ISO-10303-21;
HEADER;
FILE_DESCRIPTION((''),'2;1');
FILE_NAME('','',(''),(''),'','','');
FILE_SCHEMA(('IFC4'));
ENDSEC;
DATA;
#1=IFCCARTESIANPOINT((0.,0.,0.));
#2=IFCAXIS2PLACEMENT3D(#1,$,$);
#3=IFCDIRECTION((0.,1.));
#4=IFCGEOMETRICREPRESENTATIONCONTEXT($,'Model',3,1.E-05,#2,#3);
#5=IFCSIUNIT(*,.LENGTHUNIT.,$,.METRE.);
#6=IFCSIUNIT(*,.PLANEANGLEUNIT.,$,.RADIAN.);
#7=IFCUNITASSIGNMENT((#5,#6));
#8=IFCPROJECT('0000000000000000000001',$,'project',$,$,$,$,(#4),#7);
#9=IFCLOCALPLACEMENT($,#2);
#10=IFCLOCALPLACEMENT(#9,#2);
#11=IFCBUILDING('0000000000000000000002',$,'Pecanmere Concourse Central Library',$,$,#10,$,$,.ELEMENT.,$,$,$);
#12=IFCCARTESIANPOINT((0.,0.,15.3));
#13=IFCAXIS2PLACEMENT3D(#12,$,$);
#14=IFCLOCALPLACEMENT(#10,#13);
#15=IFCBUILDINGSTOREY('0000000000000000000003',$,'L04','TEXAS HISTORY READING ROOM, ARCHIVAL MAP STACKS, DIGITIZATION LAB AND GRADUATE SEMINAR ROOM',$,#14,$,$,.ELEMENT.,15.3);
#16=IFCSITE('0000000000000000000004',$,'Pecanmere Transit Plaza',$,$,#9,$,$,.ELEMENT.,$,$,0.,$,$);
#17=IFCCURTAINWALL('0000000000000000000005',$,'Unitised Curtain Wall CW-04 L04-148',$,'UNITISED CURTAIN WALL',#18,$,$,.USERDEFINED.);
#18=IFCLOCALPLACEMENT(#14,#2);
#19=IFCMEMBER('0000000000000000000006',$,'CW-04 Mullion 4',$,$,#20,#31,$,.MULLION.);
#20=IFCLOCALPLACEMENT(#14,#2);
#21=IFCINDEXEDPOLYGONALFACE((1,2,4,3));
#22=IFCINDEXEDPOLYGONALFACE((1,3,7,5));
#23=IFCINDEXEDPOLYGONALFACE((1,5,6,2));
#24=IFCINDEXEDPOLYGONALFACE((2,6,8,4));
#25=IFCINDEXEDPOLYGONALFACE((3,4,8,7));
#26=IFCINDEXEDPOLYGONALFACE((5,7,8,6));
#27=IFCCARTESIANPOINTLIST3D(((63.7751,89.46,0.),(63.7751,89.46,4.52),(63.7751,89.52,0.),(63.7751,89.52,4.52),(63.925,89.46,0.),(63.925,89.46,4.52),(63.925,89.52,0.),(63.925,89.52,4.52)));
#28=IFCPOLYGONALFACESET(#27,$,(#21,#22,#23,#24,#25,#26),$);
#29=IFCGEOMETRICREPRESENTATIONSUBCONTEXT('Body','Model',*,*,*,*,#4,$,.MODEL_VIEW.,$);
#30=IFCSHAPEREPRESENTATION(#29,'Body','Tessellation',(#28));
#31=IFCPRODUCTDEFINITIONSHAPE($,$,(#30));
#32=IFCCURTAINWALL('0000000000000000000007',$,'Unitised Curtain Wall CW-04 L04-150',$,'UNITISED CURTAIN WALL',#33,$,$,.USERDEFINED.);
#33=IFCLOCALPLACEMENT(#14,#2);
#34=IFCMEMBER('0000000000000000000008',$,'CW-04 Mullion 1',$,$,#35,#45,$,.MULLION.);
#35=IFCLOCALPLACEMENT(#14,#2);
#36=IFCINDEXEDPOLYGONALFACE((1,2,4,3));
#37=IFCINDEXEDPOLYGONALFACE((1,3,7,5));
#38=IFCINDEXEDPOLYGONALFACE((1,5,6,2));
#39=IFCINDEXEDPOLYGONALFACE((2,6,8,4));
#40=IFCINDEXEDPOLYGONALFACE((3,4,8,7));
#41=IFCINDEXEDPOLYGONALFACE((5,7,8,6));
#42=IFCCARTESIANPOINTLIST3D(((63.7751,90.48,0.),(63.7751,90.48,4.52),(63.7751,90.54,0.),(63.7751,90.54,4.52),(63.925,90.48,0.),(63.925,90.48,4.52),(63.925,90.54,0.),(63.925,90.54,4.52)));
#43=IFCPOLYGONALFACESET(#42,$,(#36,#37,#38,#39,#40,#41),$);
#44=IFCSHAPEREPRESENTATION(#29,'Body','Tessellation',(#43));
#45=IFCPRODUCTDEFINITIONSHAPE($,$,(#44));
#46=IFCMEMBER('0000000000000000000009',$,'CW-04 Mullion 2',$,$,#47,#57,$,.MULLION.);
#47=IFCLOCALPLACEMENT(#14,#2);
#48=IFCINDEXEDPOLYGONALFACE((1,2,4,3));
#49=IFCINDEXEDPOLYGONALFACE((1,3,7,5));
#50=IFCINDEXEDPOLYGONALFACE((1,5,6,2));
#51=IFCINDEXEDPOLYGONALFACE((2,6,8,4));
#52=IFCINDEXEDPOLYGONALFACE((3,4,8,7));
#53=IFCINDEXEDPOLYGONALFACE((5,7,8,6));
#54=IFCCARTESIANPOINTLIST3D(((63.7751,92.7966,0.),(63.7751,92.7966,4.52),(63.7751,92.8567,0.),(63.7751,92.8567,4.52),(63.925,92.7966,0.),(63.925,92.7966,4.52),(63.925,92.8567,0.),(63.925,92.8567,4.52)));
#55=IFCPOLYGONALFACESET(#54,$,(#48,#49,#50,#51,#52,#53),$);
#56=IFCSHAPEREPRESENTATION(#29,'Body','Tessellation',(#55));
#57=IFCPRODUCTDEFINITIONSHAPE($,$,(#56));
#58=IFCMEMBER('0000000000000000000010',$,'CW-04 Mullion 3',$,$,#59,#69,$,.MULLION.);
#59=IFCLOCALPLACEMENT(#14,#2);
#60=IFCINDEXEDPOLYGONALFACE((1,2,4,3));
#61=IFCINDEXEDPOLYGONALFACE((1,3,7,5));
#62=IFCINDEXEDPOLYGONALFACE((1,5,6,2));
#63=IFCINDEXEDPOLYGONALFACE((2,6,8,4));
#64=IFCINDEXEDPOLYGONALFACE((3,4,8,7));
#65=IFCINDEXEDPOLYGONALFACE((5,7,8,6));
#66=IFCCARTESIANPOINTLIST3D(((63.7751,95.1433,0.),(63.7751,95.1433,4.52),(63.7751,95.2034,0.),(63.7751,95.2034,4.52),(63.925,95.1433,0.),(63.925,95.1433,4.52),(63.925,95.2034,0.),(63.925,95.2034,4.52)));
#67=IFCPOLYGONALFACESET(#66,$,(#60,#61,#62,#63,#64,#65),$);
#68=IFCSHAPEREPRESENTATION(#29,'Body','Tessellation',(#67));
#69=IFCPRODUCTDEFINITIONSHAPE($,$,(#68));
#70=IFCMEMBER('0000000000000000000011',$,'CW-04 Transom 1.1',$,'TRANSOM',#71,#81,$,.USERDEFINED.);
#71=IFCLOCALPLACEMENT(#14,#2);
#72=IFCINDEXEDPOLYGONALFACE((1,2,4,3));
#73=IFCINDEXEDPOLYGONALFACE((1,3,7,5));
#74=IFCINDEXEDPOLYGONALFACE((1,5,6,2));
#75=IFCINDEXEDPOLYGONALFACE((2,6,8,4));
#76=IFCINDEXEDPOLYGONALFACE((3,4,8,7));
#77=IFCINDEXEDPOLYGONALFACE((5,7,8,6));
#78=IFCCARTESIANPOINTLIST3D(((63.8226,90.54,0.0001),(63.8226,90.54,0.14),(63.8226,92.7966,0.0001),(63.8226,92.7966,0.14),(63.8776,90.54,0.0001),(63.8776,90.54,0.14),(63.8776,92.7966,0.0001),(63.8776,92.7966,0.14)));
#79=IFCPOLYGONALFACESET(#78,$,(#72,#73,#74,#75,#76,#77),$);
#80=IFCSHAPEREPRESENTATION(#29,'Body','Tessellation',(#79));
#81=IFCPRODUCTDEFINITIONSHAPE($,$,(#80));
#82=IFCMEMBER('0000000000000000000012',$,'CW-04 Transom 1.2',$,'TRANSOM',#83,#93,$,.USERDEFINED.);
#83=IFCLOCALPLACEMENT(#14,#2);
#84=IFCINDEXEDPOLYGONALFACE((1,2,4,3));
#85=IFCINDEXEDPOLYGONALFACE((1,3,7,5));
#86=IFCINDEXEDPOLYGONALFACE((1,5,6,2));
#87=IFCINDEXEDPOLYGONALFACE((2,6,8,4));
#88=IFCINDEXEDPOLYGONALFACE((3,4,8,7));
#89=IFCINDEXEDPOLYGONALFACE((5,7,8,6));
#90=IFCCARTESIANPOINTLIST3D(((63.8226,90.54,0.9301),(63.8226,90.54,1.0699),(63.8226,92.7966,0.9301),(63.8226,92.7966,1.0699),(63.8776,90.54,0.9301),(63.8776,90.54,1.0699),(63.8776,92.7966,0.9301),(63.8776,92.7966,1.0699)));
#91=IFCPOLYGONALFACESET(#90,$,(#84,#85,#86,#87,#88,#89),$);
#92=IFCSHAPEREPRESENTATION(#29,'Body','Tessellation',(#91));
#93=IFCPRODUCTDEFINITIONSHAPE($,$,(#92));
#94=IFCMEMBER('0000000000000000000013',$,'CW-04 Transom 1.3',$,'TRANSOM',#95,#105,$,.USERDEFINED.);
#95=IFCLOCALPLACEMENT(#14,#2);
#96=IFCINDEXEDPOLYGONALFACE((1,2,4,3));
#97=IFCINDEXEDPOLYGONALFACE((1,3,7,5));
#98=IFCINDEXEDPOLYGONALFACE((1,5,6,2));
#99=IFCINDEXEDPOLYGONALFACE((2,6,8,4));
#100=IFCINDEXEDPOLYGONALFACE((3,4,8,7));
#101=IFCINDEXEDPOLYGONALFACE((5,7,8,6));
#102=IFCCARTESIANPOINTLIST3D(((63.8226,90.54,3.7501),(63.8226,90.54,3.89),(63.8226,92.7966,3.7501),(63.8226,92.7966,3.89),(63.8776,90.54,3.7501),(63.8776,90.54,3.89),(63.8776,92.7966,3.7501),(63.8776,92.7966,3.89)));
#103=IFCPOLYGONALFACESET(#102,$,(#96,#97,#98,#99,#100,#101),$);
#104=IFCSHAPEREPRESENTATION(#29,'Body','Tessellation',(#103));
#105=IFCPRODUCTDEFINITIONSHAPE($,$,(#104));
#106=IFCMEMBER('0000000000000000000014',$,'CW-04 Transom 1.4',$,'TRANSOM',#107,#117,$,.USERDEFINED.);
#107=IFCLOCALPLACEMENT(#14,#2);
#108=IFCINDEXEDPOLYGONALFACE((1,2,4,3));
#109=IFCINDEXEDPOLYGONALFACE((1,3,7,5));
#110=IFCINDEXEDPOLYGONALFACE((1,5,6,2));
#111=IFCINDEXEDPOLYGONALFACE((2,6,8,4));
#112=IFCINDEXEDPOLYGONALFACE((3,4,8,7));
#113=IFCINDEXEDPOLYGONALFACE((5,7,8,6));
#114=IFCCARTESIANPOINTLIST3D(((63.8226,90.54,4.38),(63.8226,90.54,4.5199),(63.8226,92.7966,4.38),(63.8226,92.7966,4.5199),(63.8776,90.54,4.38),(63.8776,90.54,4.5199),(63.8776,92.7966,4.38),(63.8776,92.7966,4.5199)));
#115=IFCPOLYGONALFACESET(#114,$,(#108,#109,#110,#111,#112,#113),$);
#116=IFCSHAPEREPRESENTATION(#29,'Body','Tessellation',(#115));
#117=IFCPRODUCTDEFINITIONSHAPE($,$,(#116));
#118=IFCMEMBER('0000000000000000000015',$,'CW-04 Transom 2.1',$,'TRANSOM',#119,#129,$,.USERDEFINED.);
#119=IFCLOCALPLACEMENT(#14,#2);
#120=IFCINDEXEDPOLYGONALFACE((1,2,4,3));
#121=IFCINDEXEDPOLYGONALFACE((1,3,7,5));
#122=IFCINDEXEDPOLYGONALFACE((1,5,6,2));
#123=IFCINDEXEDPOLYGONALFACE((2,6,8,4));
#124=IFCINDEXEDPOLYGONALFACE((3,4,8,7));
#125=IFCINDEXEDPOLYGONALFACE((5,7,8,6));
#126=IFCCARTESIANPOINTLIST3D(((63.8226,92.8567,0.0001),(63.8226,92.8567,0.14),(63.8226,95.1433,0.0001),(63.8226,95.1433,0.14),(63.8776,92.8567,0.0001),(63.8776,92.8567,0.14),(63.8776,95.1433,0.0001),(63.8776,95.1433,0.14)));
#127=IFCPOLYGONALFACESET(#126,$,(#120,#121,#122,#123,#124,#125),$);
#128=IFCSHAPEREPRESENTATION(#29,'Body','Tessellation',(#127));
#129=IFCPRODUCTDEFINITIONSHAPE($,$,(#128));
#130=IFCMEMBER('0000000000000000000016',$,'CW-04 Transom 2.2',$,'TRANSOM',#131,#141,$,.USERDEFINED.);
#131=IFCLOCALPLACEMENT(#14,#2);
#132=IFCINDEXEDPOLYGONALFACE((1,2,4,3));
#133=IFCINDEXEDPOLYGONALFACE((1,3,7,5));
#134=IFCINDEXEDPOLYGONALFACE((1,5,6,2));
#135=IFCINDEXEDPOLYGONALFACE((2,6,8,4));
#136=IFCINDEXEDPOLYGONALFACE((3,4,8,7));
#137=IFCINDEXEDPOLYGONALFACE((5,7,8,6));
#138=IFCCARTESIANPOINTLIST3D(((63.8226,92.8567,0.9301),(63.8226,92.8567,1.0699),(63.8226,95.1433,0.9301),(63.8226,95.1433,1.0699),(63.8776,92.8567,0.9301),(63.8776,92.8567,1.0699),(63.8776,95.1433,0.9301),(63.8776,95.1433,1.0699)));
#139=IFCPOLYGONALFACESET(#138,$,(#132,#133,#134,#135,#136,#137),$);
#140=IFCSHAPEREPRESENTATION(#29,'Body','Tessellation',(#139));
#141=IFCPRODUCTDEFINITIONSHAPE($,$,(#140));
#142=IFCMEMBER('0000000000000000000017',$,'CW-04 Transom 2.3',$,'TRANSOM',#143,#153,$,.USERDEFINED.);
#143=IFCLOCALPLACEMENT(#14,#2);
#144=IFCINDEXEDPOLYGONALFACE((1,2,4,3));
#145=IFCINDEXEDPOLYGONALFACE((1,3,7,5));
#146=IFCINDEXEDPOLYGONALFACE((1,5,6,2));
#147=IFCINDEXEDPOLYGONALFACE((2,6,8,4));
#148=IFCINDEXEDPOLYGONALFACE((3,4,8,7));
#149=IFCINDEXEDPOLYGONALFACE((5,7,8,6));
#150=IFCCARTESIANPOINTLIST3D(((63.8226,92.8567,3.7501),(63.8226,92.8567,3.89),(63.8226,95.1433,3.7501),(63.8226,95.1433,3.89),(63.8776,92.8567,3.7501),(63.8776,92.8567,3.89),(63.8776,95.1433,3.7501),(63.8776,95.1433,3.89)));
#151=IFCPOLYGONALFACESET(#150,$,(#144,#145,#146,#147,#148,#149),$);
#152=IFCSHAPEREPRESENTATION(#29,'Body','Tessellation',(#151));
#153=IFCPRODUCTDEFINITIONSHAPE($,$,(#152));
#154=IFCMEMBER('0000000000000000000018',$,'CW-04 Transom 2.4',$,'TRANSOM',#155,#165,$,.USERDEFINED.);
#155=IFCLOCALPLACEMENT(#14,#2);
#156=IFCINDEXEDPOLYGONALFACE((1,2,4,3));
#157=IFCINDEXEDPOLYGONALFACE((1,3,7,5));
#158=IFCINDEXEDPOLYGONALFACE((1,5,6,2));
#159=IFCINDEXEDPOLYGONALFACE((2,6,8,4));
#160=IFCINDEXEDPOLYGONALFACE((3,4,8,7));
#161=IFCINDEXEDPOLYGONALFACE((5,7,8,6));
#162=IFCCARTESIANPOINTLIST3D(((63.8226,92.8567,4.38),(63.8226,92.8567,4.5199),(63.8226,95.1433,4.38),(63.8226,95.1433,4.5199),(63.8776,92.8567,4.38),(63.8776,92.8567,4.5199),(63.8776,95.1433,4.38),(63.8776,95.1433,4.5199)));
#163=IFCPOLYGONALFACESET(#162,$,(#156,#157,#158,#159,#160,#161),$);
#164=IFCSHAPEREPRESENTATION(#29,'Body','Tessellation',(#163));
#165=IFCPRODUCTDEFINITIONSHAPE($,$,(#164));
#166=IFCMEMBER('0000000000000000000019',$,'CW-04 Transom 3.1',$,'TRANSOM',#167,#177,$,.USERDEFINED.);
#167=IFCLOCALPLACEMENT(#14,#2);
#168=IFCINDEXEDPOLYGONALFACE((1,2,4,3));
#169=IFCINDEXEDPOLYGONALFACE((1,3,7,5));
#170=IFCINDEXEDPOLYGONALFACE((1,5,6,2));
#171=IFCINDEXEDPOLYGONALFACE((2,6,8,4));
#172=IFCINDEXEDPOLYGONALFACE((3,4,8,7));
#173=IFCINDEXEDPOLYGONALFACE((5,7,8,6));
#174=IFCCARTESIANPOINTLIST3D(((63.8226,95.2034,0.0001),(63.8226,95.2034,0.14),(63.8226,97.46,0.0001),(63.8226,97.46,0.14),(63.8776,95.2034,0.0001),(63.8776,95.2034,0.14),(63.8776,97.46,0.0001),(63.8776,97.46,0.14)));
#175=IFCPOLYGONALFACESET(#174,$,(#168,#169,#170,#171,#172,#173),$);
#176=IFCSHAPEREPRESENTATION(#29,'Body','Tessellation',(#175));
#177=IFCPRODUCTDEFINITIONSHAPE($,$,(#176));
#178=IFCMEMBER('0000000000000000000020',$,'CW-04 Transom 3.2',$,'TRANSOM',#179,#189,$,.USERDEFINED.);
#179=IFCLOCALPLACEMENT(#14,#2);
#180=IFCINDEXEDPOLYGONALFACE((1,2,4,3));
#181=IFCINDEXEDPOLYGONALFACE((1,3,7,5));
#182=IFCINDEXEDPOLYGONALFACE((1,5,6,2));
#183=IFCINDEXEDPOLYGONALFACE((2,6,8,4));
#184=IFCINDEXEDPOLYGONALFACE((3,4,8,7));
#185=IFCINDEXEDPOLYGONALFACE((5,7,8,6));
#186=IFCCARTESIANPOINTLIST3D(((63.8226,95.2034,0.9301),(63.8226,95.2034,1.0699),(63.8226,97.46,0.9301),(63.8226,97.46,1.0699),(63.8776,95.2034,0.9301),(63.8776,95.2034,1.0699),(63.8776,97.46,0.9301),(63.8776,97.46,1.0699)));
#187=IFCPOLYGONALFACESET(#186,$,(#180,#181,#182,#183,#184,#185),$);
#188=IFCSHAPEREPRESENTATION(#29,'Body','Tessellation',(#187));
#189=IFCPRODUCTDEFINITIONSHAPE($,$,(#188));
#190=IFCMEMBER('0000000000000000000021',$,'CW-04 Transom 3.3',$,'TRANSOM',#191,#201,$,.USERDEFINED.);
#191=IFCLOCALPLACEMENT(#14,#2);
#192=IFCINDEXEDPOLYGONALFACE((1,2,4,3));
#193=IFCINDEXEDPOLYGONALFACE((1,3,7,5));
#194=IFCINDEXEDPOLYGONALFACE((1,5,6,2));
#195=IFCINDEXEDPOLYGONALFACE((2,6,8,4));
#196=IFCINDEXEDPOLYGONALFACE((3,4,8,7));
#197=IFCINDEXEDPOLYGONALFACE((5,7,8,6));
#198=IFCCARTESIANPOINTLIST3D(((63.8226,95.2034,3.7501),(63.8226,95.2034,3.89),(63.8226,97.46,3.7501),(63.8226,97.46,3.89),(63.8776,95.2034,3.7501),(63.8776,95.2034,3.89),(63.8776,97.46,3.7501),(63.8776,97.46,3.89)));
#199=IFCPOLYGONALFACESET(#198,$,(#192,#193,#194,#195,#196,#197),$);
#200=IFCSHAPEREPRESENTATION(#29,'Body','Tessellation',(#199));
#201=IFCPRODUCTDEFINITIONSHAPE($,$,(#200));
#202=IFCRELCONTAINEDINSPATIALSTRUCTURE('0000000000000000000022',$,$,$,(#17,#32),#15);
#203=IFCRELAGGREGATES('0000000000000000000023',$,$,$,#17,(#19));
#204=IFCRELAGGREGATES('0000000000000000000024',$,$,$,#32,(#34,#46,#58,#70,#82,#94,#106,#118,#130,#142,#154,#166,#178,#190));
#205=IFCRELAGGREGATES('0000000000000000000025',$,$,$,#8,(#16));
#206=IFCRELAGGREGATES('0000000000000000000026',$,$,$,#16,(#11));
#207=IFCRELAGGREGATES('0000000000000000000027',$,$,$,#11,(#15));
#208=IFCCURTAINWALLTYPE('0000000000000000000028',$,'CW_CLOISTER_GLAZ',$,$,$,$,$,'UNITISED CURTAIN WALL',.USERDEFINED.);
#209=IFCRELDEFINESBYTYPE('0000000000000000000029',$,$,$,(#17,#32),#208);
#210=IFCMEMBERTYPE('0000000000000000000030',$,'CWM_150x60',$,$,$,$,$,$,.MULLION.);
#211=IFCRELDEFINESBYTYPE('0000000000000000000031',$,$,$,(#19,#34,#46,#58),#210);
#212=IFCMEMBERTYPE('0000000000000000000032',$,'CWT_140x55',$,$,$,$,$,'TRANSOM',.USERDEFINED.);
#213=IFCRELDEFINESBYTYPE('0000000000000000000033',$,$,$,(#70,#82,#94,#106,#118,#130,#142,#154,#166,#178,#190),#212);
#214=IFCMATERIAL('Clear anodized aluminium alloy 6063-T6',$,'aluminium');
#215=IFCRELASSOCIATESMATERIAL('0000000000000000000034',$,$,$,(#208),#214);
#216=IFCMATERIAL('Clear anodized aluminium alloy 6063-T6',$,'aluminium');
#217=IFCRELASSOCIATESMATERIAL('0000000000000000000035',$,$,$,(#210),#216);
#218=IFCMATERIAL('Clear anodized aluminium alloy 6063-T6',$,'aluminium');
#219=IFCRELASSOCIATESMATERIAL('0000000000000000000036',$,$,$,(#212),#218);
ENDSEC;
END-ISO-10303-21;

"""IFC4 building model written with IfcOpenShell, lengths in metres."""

from ifc_helpers import new_model, si_unit, direction, frame, origin, origin_2d, place, context, subcontext, project, spatial, rectangle, extrude, material, material_profile, profile_set, type_object, element, aggregate, save


model = new_model("IFC4")

# Units and contexts
model_context = context("Model", 3, precision=1e-05, world=origin(), true_north=direction((0.0, 1.0)))
body_context = subcontext(model_context, "Body", "Model", "MODEL_VIEW")
ifc_project = project(units=[si_unit("LENGTHUNIT", "METRE"), si_unit("PLANEANGLEUNIT", "RADIAN")], contexts=[model_context])

# Site, building, storey
site_placement = place(None, origin())
site = spatial("IfcSite", under=ifc_project, at=site_placement, Name="Pecanmere Transit Plaza", CompositionType="ELEMENT", RefElevation=0.0)
building_placement = place(site_placement, origin())
building = spatial("IfcBuilding", under=site, at=building_placement, Name="Pecanmere Concourse Central Library", CompositionType="ELEMENT")
storey_placement = place(building_placement, frame((0.0, 0.0, 15.3)))
storey = spatial("IfcBuildingStorey", under=building, at=storey_placement, Name="L04", Description="TEXAS HISTORY READING ROOM, ARCHIVAL MAP STACKS, DIGITIZATION LAB AND GRADUATE SEMINAR ROOM", CompositionType="ELEMENT", Elevation=15.3)

# Curtain wall, member
ifc_material_1 = material(Name="Clear anodized aluminium alloy 6063-T6", Category="aluminium")
curtain_wall_type = type_object("IfcCurtainWallType", Name="CW_CLOISTER_GLAZ", ElementType="UNITISED CURTAIN WALL", PredefinedType="USERDEFINED", material=ifc_material_1)
curtain_wall_1_placement = place(storey_placement, origin())
curtain_wall_1 = element("IfcCurtainWall", 1, at=curtain_wall_1_placement, inside=storey, type_object=curtain_wall_type, Name="Unitised Curtain Wall CW-04 L04-148", ObjectType="UNITISED CURTAIN WALL", PredefinedType="USERDEFINED")
ifc_material_2 = material(Name="Clear anodized aluminium alloy 6063-T6", Category="aluminium")
ifc_material_profile_1 = material_profile(ifc_material_2, rectangle(XDim=0.0601, YDim=0.1499, at=origin_2d()), Name="AL 60x150")
ifc_profile_set_1 = profile_set([ifc_material_profile_1], Name="Clear anodized aluminium alloy 6063-T6")
member_type_1 = type_object("IfcMemberType", Name="CWM_150x60", PredefinedType="MULLION", material=ifc_profile_set_1)
member_1_placement = place(storey_placement, frame((63.8501, 89.49, 0.0), z_axis=(0.0, 0.0, 1.0), x_axis=(0.0, 1.0, 0.0)))
member_1 = element("IfcMember", 2, at=member_1_placement, type_object=member_type_1, Name="CW-04 Mullion 4", PredefinedType="MULLION", context=body_context, shape_type="SweptSolid", body=[
    extrude(rectangle(XDim=0.0601, YDim=0.1499, at=origin_2d()), origin(), (0.0, 0.0, 1.0), 4.52),
])

# Curtain wall, members
curtain_wall_2_placement = place(storey_placement, origin())
curtain_wall_2 = element("IfcCurtainWall", 3, at=curtain_wall_2_placement, inside=storey, type_object=curtain_wall_type, Name="Unitised Curtain Wall CW-04 L04-150", ObjectType="UNITISED CURTAIN WALL", PredefinedType="USERDEFINED")
member_2_placement = place(storey_placement, frame((63.8501, 90.51, 0.0), z_axis=(0.0, 0.0, 1.0), x_axis=(0.0, 1.0, 0.0)))
member_2 = element("IfcMember", 4, at=member_2_placement, type_object=member_type_1, Name="CW-04 Mullion 1", PredefinedType="MULLION", context=body_context, shape_type="SweptSolid", body=[
    extrude(rectangle(XDim=0.0601, YDim=0.1499, at=origin_2d()), origin(), (0.0, 0.0, 1.0), 4.52),
])
member_3_placement = place(storey_placement, frame((63.8501, 92.8267, 0.0), z_axis=(0.0, 0.0, 1.0), x_axis=(0.0, 1.0, 0.0)))
member_3 = element("IfcMember", 5, at=member_3_placement, type_object=member_type_1, Name="CW-04 Mullion 2", PredefinedType="MULLION", context=body_context, shape_type="SweptSolid", body=[
    extrude(rectangle(XDim=0.0601, YDim=0.1499, at=origin_2d()), origin(), (0.0, 0.0, 1.0), 4.52),
])
member_4_placement = place(storey_placement, frame((63.8501, 95.1733, 0.0), z_axis=(0.0, 0.0, 1.0), x_axis=(0.0, 1.0, 0.0)))
member_4 = element("IfcMember", 6, at=member_4_placement, type_object=member_type_1, Name="CW-04 Mullion 3", PredefinedType="MULLION", context=body_context, shape_type="SweptSolid", body=[
    extrude(rectangle(XDim=0.0601, YDim=0.1499, at=origin_2d()), origin(), (0.0, 0.0, 1.0), 4.52),
])
ifc_material_3 = material(Name="Clear anodized aluminium alloy 6063-T6", Category="aluminium")
ifc_material_profile_2 = material_profile(ifc_material_3, rectangle(XDim=0.0549, YDim=0.1399, at=origin_2d()), Name="AL 55x140")
ifc_profile_set_2 = profile_set([ifc_material_profile_2], Name="Clear anodized aluminium alloy 6063-T6")
member_type_2 = type_object("IfcMemberType", Name="CWT_140x55", ElementType="TRANSOM", PredefinedType="USERDEFINED", material=ifc_profile_set_2)
member_5_placement = place(storey_placement, frame((63.8501, 90.54, 0.0701), z_axis=(0.0, 1.0, 0.0), x_axis=(-1.0, 0.0, 0.0)))
member_5 = element("IfcMember", 7, at=member_5_placement, type_object=member_type_2, Name="CW-04 Transom 1.1", ObjectType="TRANSOM", PredefinedType="USERDEFINED", context=body_context, shape_type="SweptSolid", body=[
    extrude(rectangle(XDim=0.0549, YDim=0.1399, at=origin_2d()), origin(), (0.0, 0.0, 1.0), 2.2566),
])
member_6_placement = place(storey_placement, frame((63.8501, 90.54, 1.0), z_axis=(0.0, 1.0, 0.0), x_axis=(-1.0, 0.0, 0.0)))
member_6 = element("IfcMember", 8, at=member_6_placement, type_object=member_type_2, Name="CW-04 Transom 1.2", ObjectType="TRANSOM", PredefinedType="USERDEFINED", context=body_context, shape_type="SweptSolid", body=[
    extrude(rectangle(XDim=0.0549, YDim=0.1399, at=origin_2d()), origin(), (0.0, 0.0, 1.0), 2.2566),
])
member_7_placement = place(storey_placement, frame((63.8501, 90.54, 3.8201), z_axis=(0.0, 1.0, 0.0), x_axis=(-1.0, 0.0, 0.0)))
member_7 = element("IfcMember", 9, at=member_7_placement, type_object=member_type_2, Name="CW-04 Transom 1.3", ObjectType="TRANSOM", PredefinedType="USERDEFINED", context=body_context, shape_type="SweptSolid", body=[
    extrude(rectangle(XDim=0.0549, YDim=0.1399, at=origin_2d()), origin(), (0.0, 0.0, 1.0), 2.2566),
])
member_8_placement = place(storey_placement, frame((63.8501, 90.54, 4.45), z_axis=(0.0, 1.0, 0.0), x_axis=(-1.0, 0.0, 0.0)))
member_8 = element("IfcMember", 10, at=member_8_placement, type_object=member_type_2, Name="CW-04 Transom 1.4", ObjectType="TRANSOM", PredefinedType="USERDEFINED", context=body_context, shape_type="SweptSolid", body=[
    extrude(rectangle(XDim=0.0549, YDim=0.1399, at=origin_2d()), origin(), (0.0, 0.0, 1.0), 2.2566),
])
member_9_placement = place(storey_placement, frame((63.8501, 92.8567, 0.0701), z_axis=(0.0, 1.0, 0.0), x_axis=(-1.0, 0.0, 0.0)))
member_9 = element("IfcMember", 11, at=member_9_placement, type_object=member_type_2, Name="CW-04 Transom 2.1", ObjectType="TRANSOM", PredefinedType="USERDEFINED", context=body_context, shape_type="SweptSolid", body=[
    extrude(rectangle(XDim=0.0549, YDim=0.1399, at=origin_2d()), origin(), (0.0, 0.0, 1.0), 2.2866),
])
member_10_placement = place(storey_placement, frame((63.8501, 92.8567, 1.0), z_axis=(0.0, 1.0, 0.0), x_axis=(-1.0, 0.0, 0.0)))
member_10 = element("IfcMember", 12, at=member_10_placement, type_object=member_type_2, Name="CW-04 Transom 2.2", ObjectType="TRANSOM", PredefinedType="USERDEFINED", context=body_context, shape_type="SweptSolid", body=[
    extrude(rectangle(XDim=0.0549, YDim=0.1399, at=origin_2d()), origin(), (0.0, 0.0, 1.0), 2.2866),
])
member_11_placement = place(storey_placement, frame((63.8501, 92.8567, 3.8201), z_axis=(0.0, 1.0, 0.0), x_axis=(-1.0, 0.0, 0.0)))
member_11 = element("IfcMember", 13, at=member_11_placement, type_object=member_type_2, Name="CW-04 Transom 2.3", ObjectType="TRANSOM", PredefinedType="USERDEFINED", context=body_context, shape_type="SweptSolid", body=[
    extrude(rectangle(XDim=0.0549, YDim=0.1399, at=origin_2d()), origin(), (0.0, 0.0, 1.0), 2.2866),
])
member_12_placement = place(storey_placement, frame((63.8501, 92.8567, 4.45), z_axis=(0.0, 1.0, 0.0), x_axis=(-1.0, 0.0, 0.0)))
member_12 = element("IfcMember", 14, at=member_12_placement, type_object=member_type_2, Name="CW-04 Transom 2.4", ObjectType="TRANSOM", PredefinedType="USERDEFINED", context=body_context, shape_type="SweptSolid", body=[
    extrude(rectangle(XDim=0.0549, YDim=0.1399, at=origin_2d()), origin(), (0.0, 0.0, 1.0), 2.2866),
])
member_13_placement = place(storey_placement, frame((63.8501, 95.2034, 0.0701), z_axis=(0.0, 1.0, 0.0), x_axis=(-1.0, 0.0, 0.0)))
member_13 = element("IfcMember", 15, at=member_13_placement, type_object=member_type_2, Name="CW-04 Transom 3.1", ObjectType="TRANSOM", PredefinedType="USERDEFINED", context=body_context, shape_type="SweptSolid", body=[
    extrude(rectangle(XDim=0.0549, YDim=0.1399, at=origin_2d()), origin(), (0.0, 0.0, 1.0), 2.2566),
])
member_14_placement = place(storey_placement, frame((63.8501, 95.2034, 1.0), z_axis=(0.0, 1.0, 0.0), x_axis=(-1.0, 0.0, 0.0)))
member_14 = element("IfcMember", 16, at=member_14_placement, type_object=member_type_2, Name="CW-04 Transom 3.2", ObjectType="TRANSOM", PredefinedType="USERDEFINED", context=body_context, shape_type="SweptSolid", body=[
    extrude(rectangle(XDim=0.0549, YDim=0.1399, at=origin_2d()), origin(), (0.0, 0.0, 1.0), 2.2566),
])
member_15_placement = place(storey_placement, frame((63.8501, 95.2034, 3.8201), z_axis=(0.0, 1.0, 0.0), x_axis=(-1.0, 0.0, 0.0)))
member_15 = element("IfcMember", 17, at=member_15_placement, type_object=member_type_2, Name="CW-04 Transom 3.3", ObjectType="TRANSOM", PredefinedType="USERDEFINED", context=body_context, shape_type="SweptSolid", body=[
    extrude(rectangle(XDim=0.0549, YDim=0.1399, at=origin_2d()), origin(), (0.0, 0.0, 1.0), 2.2566),
])

aggregate(curtain_wall_1, [member_1])
aggregate(curtain_wall_2, [member_2, member_3, member_4, member_5, member_6, member_7, member_8, member_9, member_10, member_11, member_12, member_13, member_14, member_15])

save(model, "model.ifc")
